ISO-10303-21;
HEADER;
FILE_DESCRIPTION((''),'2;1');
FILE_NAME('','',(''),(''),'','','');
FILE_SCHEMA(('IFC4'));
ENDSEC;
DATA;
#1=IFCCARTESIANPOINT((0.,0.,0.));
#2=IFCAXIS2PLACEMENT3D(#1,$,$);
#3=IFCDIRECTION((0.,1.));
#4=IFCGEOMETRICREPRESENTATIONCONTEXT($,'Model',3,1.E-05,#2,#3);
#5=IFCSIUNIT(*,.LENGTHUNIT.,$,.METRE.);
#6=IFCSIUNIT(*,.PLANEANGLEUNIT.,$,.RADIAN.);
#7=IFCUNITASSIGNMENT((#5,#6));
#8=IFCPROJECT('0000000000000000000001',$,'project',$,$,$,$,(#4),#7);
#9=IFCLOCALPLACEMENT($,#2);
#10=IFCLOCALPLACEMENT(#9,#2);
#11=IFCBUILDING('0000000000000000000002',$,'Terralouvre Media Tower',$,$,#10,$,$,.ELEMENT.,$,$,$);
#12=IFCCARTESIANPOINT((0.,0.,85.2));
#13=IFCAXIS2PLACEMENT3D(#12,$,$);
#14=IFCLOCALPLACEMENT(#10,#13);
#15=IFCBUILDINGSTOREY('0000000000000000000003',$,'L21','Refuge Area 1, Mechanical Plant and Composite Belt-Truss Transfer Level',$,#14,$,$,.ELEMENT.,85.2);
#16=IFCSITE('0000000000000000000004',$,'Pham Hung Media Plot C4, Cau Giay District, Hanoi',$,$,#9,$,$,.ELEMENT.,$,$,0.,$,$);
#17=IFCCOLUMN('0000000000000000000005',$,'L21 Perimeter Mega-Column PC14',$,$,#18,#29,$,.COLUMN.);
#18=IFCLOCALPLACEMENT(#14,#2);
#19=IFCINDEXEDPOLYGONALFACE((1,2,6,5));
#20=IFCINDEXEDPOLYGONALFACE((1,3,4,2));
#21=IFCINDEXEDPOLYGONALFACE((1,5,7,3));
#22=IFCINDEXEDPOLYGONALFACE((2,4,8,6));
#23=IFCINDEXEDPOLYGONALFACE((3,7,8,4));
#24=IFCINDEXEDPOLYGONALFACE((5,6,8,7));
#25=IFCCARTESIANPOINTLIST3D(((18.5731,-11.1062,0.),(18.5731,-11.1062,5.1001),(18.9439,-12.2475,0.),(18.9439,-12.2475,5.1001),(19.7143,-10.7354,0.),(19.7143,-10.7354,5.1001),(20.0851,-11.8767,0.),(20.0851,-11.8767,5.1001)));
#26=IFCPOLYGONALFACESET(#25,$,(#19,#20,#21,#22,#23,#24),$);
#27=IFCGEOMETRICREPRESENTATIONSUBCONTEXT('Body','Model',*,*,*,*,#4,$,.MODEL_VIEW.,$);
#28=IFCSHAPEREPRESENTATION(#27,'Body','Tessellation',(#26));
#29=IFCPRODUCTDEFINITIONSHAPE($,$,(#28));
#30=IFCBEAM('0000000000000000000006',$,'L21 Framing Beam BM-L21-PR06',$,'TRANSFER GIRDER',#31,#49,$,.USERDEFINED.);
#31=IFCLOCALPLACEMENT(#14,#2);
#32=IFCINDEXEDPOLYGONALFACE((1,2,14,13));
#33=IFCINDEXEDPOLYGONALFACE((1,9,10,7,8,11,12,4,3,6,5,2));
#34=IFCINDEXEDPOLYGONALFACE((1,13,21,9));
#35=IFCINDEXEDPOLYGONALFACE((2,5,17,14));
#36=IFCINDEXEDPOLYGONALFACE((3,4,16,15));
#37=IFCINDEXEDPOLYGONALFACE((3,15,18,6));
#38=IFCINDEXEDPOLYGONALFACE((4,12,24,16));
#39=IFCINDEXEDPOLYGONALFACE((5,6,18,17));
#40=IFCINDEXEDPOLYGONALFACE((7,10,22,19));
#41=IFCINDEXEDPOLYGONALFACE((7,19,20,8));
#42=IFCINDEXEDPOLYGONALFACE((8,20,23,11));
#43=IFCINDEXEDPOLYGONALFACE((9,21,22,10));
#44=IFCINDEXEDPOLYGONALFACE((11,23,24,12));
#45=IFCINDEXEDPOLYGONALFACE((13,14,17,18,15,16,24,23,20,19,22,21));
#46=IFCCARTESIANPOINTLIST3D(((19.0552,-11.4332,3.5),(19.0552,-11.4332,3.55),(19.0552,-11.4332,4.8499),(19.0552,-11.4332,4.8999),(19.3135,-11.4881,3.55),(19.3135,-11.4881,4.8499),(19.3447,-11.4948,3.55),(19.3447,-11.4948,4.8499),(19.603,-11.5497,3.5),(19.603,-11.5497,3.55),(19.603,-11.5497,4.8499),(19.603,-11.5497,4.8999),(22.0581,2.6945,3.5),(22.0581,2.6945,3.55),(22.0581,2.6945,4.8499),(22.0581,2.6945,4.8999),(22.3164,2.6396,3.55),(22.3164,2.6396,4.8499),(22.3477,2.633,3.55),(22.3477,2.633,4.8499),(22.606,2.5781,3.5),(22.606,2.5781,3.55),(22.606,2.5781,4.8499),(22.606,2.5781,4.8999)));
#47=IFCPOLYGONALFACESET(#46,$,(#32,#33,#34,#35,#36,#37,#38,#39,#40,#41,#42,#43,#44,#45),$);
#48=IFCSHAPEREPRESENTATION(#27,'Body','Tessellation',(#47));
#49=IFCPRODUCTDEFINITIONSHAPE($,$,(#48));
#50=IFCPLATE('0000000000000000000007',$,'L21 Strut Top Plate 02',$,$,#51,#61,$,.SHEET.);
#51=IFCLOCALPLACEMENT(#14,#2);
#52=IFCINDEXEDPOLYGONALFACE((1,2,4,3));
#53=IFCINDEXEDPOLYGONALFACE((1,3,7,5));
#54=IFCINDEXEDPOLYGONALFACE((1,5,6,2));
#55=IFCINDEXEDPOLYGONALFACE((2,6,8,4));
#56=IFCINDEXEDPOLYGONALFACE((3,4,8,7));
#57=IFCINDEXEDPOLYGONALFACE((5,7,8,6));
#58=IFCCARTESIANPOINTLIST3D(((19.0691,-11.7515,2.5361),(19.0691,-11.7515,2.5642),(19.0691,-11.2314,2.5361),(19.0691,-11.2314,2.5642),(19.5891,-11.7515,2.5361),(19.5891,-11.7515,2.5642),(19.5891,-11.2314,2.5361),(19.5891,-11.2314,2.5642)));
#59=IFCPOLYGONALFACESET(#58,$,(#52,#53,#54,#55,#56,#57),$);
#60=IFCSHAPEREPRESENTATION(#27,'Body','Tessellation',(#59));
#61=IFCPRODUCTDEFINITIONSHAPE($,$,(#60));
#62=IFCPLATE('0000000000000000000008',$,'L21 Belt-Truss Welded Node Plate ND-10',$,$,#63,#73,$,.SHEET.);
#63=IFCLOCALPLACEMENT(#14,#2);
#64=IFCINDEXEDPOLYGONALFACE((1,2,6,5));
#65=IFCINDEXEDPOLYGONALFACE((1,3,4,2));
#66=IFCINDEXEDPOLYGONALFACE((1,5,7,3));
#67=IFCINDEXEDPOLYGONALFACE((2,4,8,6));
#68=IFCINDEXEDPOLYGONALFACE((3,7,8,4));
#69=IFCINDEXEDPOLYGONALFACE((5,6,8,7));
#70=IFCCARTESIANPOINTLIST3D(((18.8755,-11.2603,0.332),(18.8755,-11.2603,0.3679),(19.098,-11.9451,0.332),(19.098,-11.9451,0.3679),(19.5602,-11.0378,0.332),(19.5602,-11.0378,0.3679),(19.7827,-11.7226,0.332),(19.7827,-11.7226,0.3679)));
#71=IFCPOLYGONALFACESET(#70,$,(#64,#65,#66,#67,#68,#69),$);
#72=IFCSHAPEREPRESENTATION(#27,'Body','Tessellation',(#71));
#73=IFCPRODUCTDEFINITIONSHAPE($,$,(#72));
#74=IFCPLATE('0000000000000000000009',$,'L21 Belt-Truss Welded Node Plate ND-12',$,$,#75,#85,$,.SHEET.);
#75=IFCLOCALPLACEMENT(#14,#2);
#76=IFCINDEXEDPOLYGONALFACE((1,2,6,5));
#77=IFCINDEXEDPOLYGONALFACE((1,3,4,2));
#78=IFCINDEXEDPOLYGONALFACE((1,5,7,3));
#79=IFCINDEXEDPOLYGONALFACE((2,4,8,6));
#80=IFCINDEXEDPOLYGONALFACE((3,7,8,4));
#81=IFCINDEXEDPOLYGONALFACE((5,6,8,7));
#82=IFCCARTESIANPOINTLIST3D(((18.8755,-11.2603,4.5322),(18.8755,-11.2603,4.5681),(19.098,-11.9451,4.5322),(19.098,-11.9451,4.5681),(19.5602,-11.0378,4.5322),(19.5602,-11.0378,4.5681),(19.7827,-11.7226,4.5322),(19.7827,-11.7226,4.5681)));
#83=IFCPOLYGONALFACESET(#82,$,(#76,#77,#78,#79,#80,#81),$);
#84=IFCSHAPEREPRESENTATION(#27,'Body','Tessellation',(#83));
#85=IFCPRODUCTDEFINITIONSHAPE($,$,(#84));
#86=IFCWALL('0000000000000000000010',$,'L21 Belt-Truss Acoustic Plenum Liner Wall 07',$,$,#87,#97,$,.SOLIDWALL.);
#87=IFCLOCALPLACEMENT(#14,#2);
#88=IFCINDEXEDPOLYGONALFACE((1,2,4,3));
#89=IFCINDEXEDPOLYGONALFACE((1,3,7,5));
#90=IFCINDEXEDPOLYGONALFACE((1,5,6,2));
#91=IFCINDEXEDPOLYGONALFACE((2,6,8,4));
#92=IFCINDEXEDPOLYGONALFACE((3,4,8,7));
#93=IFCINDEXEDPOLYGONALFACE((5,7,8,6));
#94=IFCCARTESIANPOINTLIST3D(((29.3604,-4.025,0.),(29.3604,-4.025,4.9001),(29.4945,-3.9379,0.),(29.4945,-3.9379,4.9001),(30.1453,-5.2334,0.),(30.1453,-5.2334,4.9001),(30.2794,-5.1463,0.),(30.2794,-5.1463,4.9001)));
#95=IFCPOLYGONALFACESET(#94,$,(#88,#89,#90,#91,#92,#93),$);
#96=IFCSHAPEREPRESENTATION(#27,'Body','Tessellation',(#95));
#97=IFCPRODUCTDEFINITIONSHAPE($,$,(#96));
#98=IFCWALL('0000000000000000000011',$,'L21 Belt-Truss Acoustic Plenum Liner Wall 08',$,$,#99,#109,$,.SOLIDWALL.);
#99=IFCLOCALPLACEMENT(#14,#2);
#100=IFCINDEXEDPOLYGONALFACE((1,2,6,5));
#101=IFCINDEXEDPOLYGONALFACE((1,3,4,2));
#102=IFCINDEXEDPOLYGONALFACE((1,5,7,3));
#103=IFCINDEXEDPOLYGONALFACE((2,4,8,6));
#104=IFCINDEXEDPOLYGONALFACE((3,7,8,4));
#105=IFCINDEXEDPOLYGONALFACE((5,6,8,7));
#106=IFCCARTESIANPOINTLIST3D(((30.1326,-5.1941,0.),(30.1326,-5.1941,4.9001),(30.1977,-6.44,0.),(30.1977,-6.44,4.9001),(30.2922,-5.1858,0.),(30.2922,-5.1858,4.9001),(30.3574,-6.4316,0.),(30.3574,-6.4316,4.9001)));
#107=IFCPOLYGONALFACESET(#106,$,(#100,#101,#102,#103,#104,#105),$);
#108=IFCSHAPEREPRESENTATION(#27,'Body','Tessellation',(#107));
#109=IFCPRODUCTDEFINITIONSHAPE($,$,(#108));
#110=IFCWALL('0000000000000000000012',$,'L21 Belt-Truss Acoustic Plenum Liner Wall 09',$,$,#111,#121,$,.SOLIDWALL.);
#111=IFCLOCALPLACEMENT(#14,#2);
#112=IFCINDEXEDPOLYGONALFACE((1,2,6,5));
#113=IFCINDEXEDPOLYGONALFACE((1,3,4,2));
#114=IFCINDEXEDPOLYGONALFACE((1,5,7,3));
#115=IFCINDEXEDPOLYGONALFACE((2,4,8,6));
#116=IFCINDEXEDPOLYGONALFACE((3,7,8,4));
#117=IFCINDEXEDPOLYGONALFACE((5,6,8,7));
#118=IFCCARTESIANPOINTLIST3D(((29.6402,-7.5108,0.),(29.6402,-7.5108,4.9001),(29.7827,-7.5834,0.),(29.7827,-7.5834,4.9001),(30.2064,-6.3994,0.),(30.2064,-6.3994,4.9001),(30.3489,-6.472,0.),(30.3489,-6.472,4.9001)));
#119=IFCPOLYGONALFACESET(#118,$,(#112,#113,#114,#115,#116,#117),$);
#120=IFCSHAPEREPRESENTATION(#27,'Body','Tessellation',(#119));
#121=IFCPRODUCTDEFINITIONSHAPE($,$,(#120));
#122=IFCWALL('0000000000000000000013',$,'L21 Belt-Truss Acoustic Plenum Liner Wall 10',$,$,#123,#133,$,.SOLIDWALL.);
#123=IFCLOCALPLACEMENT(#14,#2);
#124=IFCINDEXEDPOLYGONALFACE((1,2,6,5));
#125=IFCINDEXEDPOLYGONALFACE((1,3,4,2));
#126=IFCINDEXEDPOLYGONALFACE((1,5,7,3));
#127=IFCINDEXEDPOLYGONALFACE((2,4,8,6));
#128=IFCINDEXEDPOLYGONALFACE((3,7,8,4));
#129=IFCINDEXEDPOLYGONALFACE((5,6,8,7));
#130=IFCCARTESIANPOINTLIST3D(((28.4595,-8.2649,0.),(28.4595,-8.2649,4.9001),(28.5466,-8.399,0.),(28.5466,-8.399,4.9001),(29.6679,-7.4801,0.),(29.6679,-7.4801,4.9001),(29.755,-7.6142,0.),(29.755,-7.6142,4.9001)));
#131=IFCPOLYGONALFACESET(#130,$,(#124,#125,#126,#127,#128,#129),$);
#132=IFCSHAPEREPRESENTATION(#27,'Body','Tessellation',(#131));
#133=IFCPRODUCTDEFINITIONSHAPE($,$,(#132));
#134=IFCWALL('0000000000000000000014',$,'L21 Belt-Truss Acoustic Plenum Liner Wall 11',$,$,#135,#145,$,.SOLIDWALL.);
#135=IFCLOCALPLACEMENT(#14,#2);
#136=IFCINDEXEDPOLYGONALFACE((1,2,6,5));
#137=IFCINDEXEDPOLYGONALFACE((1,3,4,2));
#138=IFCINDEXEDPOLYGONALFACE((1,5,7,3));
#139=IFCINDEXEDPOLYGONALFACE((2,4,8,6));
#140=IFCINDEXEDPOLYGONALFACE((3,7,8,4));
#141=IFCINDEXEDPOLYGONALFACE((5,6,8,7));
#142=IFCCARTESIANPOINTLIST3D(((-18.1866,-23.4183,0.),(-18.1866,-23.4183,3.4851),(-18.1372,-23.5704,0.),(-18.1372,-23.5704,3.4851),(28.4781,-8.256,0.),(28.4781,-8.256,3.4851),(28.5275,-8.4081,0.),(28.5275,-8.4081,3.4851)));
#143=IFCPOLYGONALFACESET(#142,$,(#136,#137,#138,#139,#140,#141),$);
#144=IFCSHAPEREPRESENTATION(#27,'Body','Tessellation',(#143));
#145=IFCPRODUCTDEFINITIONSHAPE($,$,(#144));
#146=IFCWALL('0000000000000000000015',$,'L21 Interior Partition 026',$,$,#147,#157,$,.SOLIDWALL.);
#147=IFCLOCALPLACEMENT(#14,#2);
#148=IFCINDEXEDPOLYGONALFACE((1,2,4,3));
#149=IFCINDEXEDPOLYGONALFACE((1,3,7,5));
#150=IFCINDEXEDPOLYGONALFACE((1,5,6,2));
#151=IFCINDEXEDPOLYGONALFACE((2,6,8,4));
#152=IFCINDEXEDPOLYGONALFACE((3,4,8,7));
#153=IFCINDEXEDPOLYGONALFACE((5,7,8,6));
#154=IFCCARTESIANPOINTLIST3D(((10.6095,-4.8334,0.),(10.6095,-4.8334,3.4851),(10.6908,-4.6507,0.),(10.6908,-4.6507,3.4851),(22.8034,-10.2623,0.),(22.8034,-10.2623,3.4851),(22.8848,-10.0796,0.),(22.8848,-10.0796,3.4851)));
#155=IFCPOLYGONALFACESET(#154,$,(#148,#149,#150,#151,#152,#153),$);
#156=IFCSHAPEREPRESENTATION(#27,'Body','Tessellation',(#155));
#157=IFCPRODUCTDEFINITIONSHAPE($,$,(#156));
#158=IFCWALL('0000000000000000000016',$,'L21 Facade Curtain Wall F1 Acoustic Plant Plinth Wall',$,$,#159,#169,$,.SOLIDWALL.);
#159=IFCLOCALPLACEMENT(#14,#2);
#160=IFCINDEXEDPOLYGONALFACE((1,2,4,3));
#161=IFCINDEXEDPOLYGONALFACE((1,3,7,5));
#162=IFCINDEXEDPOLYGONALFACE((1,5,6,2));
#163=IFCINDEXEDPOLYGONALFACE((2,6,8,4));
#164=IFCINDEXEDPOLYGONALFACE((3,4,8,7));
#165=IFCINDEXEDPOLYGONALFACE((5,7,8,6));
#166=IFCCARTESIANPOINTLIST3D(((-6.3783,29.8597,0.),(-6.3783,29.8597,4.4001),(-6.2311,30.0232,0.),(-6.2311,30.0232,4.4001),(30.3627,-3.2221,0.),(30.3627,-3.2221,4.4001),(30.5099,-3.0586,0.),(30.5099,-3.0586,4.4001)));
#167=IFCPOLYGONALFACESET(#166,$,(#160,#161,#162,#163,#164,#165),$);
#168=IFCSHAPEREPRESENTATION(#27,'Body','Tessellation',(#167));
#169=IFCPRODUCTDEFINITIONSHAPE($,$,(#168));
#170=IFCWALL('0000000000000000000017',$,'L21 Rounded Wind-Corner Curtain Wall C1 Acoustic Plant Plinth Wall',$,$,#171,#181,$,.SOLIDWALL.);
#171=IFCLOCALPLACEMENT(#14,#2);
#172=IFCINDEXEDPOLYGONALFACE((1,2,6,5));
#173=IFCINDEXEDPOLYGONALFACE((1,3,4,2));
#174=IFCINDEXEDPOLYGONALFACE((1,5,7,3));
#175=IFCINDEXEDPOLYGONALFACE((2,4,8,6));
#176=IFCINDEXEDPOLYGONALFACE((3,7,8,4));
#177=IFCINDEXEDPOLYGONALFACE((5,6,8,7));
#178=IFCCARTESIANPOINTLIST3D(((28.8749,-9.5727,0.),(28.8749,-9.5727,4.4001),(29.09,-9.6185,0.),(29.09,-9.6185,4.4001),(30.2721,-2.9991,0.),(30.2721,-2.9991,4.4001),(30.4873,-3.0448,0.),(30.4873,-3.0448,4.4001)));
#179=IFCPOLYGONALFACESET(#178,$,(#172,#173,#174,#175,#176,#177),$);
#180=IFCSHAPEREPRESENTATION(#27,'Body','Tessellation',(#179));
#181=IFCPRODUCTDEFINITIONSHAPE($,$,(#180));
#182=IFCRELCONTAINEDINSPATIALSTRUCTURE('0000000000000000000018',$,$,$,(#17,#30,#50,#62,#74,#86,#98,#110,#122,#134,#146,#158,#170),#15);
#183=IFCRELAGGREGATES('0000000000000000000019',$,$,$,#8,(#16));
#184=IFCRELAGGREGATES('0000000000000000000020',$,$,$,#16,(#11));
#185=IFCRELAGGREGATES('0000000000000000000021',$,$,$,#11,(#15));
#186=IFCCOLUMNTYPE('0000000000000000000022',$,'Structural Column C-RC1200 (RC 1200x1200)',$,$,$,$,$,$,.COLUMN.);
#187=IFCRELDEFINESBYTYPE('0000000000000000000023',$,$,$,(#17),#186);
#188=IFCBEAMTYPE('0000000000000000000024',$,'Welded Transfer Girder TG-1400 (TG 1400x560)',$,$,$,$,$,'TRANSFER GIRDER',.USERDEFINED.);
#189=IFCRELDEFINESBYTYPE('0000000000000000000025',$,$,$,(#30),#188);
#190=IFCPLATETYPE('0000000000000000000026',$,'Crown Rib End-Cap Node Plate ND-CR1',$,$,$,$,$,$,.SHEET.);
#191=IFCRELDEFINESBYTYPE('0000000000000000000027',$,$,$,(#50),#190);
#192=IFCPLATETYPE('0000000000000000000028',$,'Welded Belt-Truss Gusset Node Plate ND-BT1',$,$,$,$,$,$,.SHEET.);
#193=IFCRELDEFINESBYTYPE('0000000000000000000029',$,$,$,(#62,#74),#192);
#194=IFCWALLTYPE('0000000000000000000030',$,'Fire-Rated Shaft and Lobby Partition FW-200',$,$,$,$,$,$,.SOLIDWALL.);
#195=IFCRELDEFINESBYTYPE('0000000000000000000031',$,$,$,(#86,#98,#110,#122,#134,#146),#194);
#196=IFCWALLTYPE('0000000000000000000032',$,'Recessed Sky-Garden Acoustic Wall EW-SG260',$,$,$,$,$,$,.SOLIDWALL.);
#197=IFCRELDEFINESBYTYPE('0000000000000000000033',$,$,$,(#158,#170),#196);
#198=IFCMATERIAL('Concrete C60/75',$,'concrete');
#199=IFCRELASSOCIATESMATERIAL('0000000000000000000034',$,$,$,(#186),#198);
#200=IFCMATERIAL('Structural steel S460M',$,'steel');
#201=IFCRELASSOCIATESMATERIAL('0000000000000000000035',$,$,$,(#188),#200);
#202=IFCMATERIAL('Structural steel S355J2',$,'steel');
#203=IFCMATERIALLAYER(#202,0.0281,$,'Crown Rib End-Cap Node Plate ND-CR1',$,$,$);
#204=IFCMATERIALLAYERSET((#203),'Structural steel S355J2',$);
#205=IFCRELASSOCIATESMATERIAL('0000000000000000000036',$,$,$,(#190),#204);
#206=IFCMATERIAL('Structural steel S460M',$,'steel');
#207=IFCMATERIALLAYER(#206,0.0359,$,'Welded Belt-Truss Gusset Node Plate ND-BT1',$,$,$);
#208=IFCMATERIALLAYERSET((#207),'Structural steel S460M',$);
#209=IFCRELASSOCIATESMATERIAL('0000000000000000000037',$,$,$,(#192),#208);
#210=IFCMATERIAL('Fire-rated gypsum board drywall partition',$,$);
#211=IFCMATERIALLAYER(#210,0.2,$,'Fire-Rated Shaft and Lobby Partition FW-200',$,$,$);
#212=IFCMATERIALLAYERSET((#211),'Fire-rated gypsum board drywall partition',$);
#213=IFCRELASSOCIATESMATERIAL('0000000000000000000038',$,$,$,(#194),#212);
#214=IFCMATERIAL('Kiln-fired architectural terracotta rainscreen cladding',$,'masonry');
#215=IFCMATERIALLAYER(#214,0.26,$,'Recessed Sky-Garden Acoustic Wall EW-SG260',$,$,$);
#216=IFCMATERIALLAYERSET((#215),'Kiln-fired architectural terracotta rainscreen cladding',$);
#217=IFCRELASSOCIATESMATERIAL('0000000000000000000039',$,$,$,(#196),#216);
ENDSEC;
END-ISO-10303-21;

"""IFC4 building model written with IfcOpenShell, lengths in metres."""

from ifc_helpers import new_model, si_unit, direction, frame, frame_2d, origin, origin_2d, place, context, subcontext, project, spatial, rectangle, i_section, extrude, material, layer, layer_set, material_profile, profile_set, type_object, element, save


model = new_model("IFC4")

# Units and contexts
model_context = context("Model", 3, precision=1e-05, world=origin(), true_north=direction((0.0, 1.0)))
body_context = subcontext(model_context, "Body", "Model", "MODEL_VIEW")
ifc_project = project(units=[si_unit("LENGTHUNIT", "METRE"), si_unit("PLANEANGLEUNIT", "RADIAN")], contexts=[model_context])

# Site, building, storey
site_placement = place(None, origin())
site = spatial("IfcSite", under=ifc_project, at=site_placement, Name="Pham Hung Media Plot C4, Cau Giay District, Hanoi", CompositionType="ELEMENT", RefElevation=0.0)
building_placement = place(site_placement, origin())
building = spatial("IfcBuilding", under=site, at=building_placement, Name="Terralouvre Media Tower", CompositionType="ELEMENT")
storey_placement = place(building_placement, frame((0.0, 0.0, 85.2)))
storey = spatial("IfcBuildingStorey", under=building, at=storey_placement, Name="L21", Description="Refuge Area 1, Mechanical Plant and Composite Belt-Truss Transfer Level", CompositionType="ELEMENT", Elevation=85.2)

# Column
ifc_material_1 = material(Name="Concrete C60/75", Category="concrete")
ifc_material_profile_1 = material_profile(ifc_material_1, rectangle(XDim=1.2, YDim=1.2, at=origin_2d()), Name="RC 1200x1200")
ifc_profile_set_1 = profile_set([ifc_material_profile_1], Name="Concrete C60/75")
column_type = type_object("IfcColumnType", Name="Structural Column C-RC1200 (RC 1200x1200)", PredefinedType="COLUMN", material=ifc_profile_set_1)
column_placement = place(storey_placement, frame((19.3291, -11.4915, 0.0), z_axis=(0.0, 0.0, 1.0), x_axis=(0.951057, 0.309017, 0.0)))
element("IfcColumn", 1, at=column_placement, inside=storey, type_object=column_type, Name="L21 Perimeter Mega-Column PC14", PredefinedType="COLUMN", context=body_context, shape_type="SweptSolid", body=[
    extrude(rectangle(XDim=1.2, YDim=1.2, at=origin_2d()), origin(), (0.0, 0.0, 1.0), 5.1001),
])

# Beam
ifc_material_2 = material(Name="Structural steel S460M", Category="steel")
ifc_material_profile_2 = material_profile(ifc_material_2, i_section(OverallWidth=0.5601, OverallDepth=1.3999, WebThickness=0.032, FlangeThickness=0.05, at=origin_2d()), Name="TG 1400x560")
ifc_profile_set_2 = profile_set([ifc_material_profile_2], Name="Structural steel S460M")
beam_type = type_object("IfcBeamType", Name="Welded Transfer Girder TG-1400 (TG 1400x560)", ElementType="TRANSFER GIRDER", PredefinedType="USERDEFINED", material=ifc_profile_set_2)
beam_placement = place(storey_placement, frame((19.3291, -11.4915, 4.2), z_axis=(0.207912, 0.978148, 0.0), x_axis=(-0.978148, 0.207912, 0.0)))
element("IfcBeam", 2, at=beam_placement, inside=storey, type_object=beam_type, Name="L21 Framing Beam BM-L21-PR06", ObjectType="TRANSFER GIRDER", PredefinedType="USERDEFINED", context=body_context, shape_type="SweptSolid", body=[
    extrude(i_section(OverallWidth=0.5601, OverallDepth=1.3999, WebThickness=0.032, FlangeThickness=0.05, at=origin_2d()), origin(), (0.0, 0.0, 1.0), 14.4434),
])

# Plates
ifc_material_3 = material(Name="Structural steel S355J2", Category="steel")
ifc_layer_1 = layer(ifc_material_3, 0.0281, Name="Crown Rib End-Cap Node Plate ND-CR1")
ifc_layer_set_1 = layer_set([ifc_layer_1], Name="Structural steel S355J2")
plate_type_1 = type_object("IfcPlateType", Name="Crown Rib End-Cap Node Plate ND-CR1", PredefinedType="SHEET", material=ifc_layer_set_1)
plate_placement = place(storey_placement, frame((19.3291, -11.4915, 2.5361), z_axis=(0.0, 0.0, 1.0), x_axis=(1.0, 0.0, 0.0)))
element("IfcPlate", 3, at=plate_placement, inside=storey, type_object=plate_type_1, Name="L21 Strut Top Plate 02", PredefinedType="SHEET", context=body_context, shape_type="SweptSolid", body=[
    extrude(rectangle(XDim=0.52, YDim=0.52, at=origin_2d()), origin(), (0.0, 0.0, 1.0), 0.0281),
])
ifc_material_4 = material(Name="Structural steel S460M", Category="steel")
ifc_layer_2 = layer(ifc_material_4, 0.0359, Name="Welded Belt-Truss Gusset Node Plate ND-BT1")
ifc_layer_set_2 = layer_set([ifc_layer_2], Name="Structural steel S460M")
plate_type_2 = type_object("IfcPlateType", Name="Welded Belt-Truss Gusset Node Plate ND-BT1", PredefinedType="SHEET", material=ifc_layer_set_2)
for number, where, z_axis, x_axis, name in (
    (4, (19.3291, -11.4915, 0.332), (0.0, 0.0, 1.0), (0.951057, 0.309017, 0.0), "L21 Belt-Truss Welded Node Plate ND-10"),
    (5, (19.3291, -11.4915, 4.5322), (0.0, 0.0, 1.0), (0.951057, 0.309017, 0.0), "L21 Belt-Truss Welded Node Plate ND-12"),
):
    element("IfcPlate", number, at=place(storey_placement, frame(where, z_axis=z_axis, x_axis=x_axis)), inside=storey, type_object=plate_type_2, Name=name, PredefinedType="SHEET", context=body_context, shape_type="SweptSolid", body=[
        extrude(rectangle(XDim=0.72, YDim=0.72, at=origin_2d()), origin(), (0.0, 0.0, 1.0), 0.0359),
    ])

# Walls
ifc_material_5 = material(Name="Fire-rated gypsum board drywall partition")
ifc_layer_3 = layer(ifc_material_5, 0.2, Name="Fire-Rated Shaft and Lobby Partition FW-200")
ifc_layer_set_3 = layer_set([ifc_layer_3], Name="Fire-rated gypsum board drywall partition")
wall_type_1 = type_object("IfcWallType", Name="Fire-Rated Shaft and Lobby Partition FW-200", PredefinedType="SOLIDWALL", material=ifc_layer_set_3)
wall_1_placement = place(storey_placement, frame((29.4275, -3.9814, 0.0), z_axis=(0.0, 0.0, 1.0), x_axis=(0.544691, -0.838637, 0.0)))
element("IfcWall", 6, at=wall_1_placement, inside=storey, type_object=wall_type_1, Name="L21 Belt-Truss Acoustic Plenum Liner Wall 07", PredefinedType="SOLIDWALL", context=body_context, shape_type="SweptSolid", body=[
    extrude(rectangle(XDim=1.4409, YDim=0.1599, at=frame_2d((0.7205, 0.0))), origin(), (0.0, 0.0, 1.0), 4.9001),
])
wall_2_placement = place(storey_placement, frame((30.2124, -5.1899, 0.0), z_axis=(0.0, 0.0, 1.0), x_axis=(0.052251, -0.998634, 0.0)))
element("IfcWall", 7, at=wall_2_placement, inside=storey, type_object=wall_type_1, Name="L21 Belt-Truss Acoustic Plenum Liner Wall 08", PredefinedType="SOLIDWALL", context=body_context, shape_type="SweptSolid", body=[
    extrude(rectangle(XDim=1.2476, YDim=0.1599, at=frame_2d((0.6238, 0.0))), origin(), (0.0, 0.0, 1.0), 4.9001),
])
wall_3_placement = place(storey_placement, frame((30.2776, -6.4358, 0.0), z_axis=(0.0, 0.0, 1.0), x_axis=(-0.453935, -0.891035, 0.0)))
element("IfcWall", 8, at=wall_3_placement, inside=storey, type_object=wall_type_1, Name="L21 Belt-Truss Acoustic Plenum Liner Wall 09", PredefinedType="SOLIDWALL", context=body_context, shape_type="SweptSolid", body=[
    extrude(rectangle(XDim=1.2473, YDim=0.1599, at=frame_2d((0.6235, 0.0))), origin(), (0.0, 0.0, 1.0), 4.9001),
])
wall_4_placement = place(storey_placement, frame((29.7114, -7.5471, 0.0), z_axis=(0.0, 0.0, 1.0), x_axis=(-0.838637, -0.544691, 0.0)))
element("IfcWall", 9, at=wall_4_placement, inside=storey, type_object=wall_type_1, Name="L21 Belt-Truss Acoustic Plenum Liner Wall 10", PredefinedType="SOLIDWALL", context=body_context, shape_type="SweptSolid", body=[
    extrude(rectangle(XDim=1.4409, YDim=0.1599, at=frame_2d((0.7205, 0.0))), origin(), (0.0, 0.0, 1.0), 4.9001),
])
wall_5_placement = place(storey_placement, frame((28.5029, -8.332, 0.0), z_axis=(0.0, 0.0, 1.0), x_axis=(-0.951056, -0.309018, 0.0)))
element("IfcWall", 10, at=wall_5_placement, inside=storey, type_object=wall_type_1, Name="L21 Belt-Truss Acoustic Plenum Liner Wall 11", PredefinedType="SOLIDWALL", context=body_context, shape_type="SweptSolid", body=[
    extrude(rectangle(XDim=49.0662, YDim=0.1599, at=frame_2d((24.5332, 0.0))), origin(), (0.0, 0.0, 1.0), 3.4851),
])
wall_6_placement = place(storey_placement, frame((22.844, -10.1709, 0.0), z_axis=(0.0, 0.0, 1.0), x_axis=(-0.913551, 0.406724, 0.0)))
element("IfcWall", 11, at=wall_6_placement, inside=storey, type_object=wall_type_1, Name="L21 Interior Partition 026", PredefinedType="SOLIDWALL", context=body_context, shape_type="SweptSolid", body=[
    extrude(rectangle(XDim=13.3479, YDim=0.2, at=frame_2d((6.6738, 0.0))), origin(), (0.0, 0.0, 1.0), 3.4851),
])
ifc_material_6 = material(Name="Kiln-fired architectural terracotta rainscreen cladding", Category="masonry")
ifc_layer_4 = layer(ifc_material_6, 0.26, Name="Recessed Sky-Garden Acoustic Wall EW-SG260")
ifc_layer_set_4 = layer_set([ifc_layer_4], Name="Kiln-fired architectural terracotta rainscreen cladding")
wall_type_2 = type_object("IfcWallType", Name="Recessed Sky-Garden Acoustic Wall EW-SG260", PredefinedType="SOLIDWALL", material=ifc_layer_set_4)
wall_7_placement = place(storey_placement, frame((30.4363, -3.1404, 0.0), z_axis=(0.0, 0.0, 1.0), x_axis=(-0.743144, 0.669131, 0.0)))
element("IfcWall", 12, at=wall_7_placement, inside=storey, type_object=wall_type_2, Name="L21 Facade Curtain Wall F1 Acoustic Plant Plinth Wall", PredefinedType="SOLIDWALL", context=body_context, shape_type="SweptSolid", body=[
    extrude(rectangle(XDim=49.4399, YDim=0.22, at=frame_2d((24.72, 0.0))), origin(), (0.0, 0.0, 1.0), 4.4001),
])
wall_8_placement = place(storey_placement, frame((28.9824, -9.5957, 0.0), z_axis=(0.0, 0.0, 1.0), x_axis=(0.207909, 0.978148, 0.0)))
element("IfcWall", 13, at=wall_8_placement, inside=storey, type_object=wall_type_2, Name="L21 Rounded Wind-Corner Curtain Wall C1 Acoustic Plant Plinth Wall", PredefinedType="SOLIDWALL", context=body_context, shape_type="SweptSolid", body=[
    extrude(rectangle(XDim=6.7205, YDim=0.22, at=frame_2d((3.3604, 0.0))), origin(), (0.0, 0.0, 1.0), 4.4001),
])

save(model, "model.ifc")
